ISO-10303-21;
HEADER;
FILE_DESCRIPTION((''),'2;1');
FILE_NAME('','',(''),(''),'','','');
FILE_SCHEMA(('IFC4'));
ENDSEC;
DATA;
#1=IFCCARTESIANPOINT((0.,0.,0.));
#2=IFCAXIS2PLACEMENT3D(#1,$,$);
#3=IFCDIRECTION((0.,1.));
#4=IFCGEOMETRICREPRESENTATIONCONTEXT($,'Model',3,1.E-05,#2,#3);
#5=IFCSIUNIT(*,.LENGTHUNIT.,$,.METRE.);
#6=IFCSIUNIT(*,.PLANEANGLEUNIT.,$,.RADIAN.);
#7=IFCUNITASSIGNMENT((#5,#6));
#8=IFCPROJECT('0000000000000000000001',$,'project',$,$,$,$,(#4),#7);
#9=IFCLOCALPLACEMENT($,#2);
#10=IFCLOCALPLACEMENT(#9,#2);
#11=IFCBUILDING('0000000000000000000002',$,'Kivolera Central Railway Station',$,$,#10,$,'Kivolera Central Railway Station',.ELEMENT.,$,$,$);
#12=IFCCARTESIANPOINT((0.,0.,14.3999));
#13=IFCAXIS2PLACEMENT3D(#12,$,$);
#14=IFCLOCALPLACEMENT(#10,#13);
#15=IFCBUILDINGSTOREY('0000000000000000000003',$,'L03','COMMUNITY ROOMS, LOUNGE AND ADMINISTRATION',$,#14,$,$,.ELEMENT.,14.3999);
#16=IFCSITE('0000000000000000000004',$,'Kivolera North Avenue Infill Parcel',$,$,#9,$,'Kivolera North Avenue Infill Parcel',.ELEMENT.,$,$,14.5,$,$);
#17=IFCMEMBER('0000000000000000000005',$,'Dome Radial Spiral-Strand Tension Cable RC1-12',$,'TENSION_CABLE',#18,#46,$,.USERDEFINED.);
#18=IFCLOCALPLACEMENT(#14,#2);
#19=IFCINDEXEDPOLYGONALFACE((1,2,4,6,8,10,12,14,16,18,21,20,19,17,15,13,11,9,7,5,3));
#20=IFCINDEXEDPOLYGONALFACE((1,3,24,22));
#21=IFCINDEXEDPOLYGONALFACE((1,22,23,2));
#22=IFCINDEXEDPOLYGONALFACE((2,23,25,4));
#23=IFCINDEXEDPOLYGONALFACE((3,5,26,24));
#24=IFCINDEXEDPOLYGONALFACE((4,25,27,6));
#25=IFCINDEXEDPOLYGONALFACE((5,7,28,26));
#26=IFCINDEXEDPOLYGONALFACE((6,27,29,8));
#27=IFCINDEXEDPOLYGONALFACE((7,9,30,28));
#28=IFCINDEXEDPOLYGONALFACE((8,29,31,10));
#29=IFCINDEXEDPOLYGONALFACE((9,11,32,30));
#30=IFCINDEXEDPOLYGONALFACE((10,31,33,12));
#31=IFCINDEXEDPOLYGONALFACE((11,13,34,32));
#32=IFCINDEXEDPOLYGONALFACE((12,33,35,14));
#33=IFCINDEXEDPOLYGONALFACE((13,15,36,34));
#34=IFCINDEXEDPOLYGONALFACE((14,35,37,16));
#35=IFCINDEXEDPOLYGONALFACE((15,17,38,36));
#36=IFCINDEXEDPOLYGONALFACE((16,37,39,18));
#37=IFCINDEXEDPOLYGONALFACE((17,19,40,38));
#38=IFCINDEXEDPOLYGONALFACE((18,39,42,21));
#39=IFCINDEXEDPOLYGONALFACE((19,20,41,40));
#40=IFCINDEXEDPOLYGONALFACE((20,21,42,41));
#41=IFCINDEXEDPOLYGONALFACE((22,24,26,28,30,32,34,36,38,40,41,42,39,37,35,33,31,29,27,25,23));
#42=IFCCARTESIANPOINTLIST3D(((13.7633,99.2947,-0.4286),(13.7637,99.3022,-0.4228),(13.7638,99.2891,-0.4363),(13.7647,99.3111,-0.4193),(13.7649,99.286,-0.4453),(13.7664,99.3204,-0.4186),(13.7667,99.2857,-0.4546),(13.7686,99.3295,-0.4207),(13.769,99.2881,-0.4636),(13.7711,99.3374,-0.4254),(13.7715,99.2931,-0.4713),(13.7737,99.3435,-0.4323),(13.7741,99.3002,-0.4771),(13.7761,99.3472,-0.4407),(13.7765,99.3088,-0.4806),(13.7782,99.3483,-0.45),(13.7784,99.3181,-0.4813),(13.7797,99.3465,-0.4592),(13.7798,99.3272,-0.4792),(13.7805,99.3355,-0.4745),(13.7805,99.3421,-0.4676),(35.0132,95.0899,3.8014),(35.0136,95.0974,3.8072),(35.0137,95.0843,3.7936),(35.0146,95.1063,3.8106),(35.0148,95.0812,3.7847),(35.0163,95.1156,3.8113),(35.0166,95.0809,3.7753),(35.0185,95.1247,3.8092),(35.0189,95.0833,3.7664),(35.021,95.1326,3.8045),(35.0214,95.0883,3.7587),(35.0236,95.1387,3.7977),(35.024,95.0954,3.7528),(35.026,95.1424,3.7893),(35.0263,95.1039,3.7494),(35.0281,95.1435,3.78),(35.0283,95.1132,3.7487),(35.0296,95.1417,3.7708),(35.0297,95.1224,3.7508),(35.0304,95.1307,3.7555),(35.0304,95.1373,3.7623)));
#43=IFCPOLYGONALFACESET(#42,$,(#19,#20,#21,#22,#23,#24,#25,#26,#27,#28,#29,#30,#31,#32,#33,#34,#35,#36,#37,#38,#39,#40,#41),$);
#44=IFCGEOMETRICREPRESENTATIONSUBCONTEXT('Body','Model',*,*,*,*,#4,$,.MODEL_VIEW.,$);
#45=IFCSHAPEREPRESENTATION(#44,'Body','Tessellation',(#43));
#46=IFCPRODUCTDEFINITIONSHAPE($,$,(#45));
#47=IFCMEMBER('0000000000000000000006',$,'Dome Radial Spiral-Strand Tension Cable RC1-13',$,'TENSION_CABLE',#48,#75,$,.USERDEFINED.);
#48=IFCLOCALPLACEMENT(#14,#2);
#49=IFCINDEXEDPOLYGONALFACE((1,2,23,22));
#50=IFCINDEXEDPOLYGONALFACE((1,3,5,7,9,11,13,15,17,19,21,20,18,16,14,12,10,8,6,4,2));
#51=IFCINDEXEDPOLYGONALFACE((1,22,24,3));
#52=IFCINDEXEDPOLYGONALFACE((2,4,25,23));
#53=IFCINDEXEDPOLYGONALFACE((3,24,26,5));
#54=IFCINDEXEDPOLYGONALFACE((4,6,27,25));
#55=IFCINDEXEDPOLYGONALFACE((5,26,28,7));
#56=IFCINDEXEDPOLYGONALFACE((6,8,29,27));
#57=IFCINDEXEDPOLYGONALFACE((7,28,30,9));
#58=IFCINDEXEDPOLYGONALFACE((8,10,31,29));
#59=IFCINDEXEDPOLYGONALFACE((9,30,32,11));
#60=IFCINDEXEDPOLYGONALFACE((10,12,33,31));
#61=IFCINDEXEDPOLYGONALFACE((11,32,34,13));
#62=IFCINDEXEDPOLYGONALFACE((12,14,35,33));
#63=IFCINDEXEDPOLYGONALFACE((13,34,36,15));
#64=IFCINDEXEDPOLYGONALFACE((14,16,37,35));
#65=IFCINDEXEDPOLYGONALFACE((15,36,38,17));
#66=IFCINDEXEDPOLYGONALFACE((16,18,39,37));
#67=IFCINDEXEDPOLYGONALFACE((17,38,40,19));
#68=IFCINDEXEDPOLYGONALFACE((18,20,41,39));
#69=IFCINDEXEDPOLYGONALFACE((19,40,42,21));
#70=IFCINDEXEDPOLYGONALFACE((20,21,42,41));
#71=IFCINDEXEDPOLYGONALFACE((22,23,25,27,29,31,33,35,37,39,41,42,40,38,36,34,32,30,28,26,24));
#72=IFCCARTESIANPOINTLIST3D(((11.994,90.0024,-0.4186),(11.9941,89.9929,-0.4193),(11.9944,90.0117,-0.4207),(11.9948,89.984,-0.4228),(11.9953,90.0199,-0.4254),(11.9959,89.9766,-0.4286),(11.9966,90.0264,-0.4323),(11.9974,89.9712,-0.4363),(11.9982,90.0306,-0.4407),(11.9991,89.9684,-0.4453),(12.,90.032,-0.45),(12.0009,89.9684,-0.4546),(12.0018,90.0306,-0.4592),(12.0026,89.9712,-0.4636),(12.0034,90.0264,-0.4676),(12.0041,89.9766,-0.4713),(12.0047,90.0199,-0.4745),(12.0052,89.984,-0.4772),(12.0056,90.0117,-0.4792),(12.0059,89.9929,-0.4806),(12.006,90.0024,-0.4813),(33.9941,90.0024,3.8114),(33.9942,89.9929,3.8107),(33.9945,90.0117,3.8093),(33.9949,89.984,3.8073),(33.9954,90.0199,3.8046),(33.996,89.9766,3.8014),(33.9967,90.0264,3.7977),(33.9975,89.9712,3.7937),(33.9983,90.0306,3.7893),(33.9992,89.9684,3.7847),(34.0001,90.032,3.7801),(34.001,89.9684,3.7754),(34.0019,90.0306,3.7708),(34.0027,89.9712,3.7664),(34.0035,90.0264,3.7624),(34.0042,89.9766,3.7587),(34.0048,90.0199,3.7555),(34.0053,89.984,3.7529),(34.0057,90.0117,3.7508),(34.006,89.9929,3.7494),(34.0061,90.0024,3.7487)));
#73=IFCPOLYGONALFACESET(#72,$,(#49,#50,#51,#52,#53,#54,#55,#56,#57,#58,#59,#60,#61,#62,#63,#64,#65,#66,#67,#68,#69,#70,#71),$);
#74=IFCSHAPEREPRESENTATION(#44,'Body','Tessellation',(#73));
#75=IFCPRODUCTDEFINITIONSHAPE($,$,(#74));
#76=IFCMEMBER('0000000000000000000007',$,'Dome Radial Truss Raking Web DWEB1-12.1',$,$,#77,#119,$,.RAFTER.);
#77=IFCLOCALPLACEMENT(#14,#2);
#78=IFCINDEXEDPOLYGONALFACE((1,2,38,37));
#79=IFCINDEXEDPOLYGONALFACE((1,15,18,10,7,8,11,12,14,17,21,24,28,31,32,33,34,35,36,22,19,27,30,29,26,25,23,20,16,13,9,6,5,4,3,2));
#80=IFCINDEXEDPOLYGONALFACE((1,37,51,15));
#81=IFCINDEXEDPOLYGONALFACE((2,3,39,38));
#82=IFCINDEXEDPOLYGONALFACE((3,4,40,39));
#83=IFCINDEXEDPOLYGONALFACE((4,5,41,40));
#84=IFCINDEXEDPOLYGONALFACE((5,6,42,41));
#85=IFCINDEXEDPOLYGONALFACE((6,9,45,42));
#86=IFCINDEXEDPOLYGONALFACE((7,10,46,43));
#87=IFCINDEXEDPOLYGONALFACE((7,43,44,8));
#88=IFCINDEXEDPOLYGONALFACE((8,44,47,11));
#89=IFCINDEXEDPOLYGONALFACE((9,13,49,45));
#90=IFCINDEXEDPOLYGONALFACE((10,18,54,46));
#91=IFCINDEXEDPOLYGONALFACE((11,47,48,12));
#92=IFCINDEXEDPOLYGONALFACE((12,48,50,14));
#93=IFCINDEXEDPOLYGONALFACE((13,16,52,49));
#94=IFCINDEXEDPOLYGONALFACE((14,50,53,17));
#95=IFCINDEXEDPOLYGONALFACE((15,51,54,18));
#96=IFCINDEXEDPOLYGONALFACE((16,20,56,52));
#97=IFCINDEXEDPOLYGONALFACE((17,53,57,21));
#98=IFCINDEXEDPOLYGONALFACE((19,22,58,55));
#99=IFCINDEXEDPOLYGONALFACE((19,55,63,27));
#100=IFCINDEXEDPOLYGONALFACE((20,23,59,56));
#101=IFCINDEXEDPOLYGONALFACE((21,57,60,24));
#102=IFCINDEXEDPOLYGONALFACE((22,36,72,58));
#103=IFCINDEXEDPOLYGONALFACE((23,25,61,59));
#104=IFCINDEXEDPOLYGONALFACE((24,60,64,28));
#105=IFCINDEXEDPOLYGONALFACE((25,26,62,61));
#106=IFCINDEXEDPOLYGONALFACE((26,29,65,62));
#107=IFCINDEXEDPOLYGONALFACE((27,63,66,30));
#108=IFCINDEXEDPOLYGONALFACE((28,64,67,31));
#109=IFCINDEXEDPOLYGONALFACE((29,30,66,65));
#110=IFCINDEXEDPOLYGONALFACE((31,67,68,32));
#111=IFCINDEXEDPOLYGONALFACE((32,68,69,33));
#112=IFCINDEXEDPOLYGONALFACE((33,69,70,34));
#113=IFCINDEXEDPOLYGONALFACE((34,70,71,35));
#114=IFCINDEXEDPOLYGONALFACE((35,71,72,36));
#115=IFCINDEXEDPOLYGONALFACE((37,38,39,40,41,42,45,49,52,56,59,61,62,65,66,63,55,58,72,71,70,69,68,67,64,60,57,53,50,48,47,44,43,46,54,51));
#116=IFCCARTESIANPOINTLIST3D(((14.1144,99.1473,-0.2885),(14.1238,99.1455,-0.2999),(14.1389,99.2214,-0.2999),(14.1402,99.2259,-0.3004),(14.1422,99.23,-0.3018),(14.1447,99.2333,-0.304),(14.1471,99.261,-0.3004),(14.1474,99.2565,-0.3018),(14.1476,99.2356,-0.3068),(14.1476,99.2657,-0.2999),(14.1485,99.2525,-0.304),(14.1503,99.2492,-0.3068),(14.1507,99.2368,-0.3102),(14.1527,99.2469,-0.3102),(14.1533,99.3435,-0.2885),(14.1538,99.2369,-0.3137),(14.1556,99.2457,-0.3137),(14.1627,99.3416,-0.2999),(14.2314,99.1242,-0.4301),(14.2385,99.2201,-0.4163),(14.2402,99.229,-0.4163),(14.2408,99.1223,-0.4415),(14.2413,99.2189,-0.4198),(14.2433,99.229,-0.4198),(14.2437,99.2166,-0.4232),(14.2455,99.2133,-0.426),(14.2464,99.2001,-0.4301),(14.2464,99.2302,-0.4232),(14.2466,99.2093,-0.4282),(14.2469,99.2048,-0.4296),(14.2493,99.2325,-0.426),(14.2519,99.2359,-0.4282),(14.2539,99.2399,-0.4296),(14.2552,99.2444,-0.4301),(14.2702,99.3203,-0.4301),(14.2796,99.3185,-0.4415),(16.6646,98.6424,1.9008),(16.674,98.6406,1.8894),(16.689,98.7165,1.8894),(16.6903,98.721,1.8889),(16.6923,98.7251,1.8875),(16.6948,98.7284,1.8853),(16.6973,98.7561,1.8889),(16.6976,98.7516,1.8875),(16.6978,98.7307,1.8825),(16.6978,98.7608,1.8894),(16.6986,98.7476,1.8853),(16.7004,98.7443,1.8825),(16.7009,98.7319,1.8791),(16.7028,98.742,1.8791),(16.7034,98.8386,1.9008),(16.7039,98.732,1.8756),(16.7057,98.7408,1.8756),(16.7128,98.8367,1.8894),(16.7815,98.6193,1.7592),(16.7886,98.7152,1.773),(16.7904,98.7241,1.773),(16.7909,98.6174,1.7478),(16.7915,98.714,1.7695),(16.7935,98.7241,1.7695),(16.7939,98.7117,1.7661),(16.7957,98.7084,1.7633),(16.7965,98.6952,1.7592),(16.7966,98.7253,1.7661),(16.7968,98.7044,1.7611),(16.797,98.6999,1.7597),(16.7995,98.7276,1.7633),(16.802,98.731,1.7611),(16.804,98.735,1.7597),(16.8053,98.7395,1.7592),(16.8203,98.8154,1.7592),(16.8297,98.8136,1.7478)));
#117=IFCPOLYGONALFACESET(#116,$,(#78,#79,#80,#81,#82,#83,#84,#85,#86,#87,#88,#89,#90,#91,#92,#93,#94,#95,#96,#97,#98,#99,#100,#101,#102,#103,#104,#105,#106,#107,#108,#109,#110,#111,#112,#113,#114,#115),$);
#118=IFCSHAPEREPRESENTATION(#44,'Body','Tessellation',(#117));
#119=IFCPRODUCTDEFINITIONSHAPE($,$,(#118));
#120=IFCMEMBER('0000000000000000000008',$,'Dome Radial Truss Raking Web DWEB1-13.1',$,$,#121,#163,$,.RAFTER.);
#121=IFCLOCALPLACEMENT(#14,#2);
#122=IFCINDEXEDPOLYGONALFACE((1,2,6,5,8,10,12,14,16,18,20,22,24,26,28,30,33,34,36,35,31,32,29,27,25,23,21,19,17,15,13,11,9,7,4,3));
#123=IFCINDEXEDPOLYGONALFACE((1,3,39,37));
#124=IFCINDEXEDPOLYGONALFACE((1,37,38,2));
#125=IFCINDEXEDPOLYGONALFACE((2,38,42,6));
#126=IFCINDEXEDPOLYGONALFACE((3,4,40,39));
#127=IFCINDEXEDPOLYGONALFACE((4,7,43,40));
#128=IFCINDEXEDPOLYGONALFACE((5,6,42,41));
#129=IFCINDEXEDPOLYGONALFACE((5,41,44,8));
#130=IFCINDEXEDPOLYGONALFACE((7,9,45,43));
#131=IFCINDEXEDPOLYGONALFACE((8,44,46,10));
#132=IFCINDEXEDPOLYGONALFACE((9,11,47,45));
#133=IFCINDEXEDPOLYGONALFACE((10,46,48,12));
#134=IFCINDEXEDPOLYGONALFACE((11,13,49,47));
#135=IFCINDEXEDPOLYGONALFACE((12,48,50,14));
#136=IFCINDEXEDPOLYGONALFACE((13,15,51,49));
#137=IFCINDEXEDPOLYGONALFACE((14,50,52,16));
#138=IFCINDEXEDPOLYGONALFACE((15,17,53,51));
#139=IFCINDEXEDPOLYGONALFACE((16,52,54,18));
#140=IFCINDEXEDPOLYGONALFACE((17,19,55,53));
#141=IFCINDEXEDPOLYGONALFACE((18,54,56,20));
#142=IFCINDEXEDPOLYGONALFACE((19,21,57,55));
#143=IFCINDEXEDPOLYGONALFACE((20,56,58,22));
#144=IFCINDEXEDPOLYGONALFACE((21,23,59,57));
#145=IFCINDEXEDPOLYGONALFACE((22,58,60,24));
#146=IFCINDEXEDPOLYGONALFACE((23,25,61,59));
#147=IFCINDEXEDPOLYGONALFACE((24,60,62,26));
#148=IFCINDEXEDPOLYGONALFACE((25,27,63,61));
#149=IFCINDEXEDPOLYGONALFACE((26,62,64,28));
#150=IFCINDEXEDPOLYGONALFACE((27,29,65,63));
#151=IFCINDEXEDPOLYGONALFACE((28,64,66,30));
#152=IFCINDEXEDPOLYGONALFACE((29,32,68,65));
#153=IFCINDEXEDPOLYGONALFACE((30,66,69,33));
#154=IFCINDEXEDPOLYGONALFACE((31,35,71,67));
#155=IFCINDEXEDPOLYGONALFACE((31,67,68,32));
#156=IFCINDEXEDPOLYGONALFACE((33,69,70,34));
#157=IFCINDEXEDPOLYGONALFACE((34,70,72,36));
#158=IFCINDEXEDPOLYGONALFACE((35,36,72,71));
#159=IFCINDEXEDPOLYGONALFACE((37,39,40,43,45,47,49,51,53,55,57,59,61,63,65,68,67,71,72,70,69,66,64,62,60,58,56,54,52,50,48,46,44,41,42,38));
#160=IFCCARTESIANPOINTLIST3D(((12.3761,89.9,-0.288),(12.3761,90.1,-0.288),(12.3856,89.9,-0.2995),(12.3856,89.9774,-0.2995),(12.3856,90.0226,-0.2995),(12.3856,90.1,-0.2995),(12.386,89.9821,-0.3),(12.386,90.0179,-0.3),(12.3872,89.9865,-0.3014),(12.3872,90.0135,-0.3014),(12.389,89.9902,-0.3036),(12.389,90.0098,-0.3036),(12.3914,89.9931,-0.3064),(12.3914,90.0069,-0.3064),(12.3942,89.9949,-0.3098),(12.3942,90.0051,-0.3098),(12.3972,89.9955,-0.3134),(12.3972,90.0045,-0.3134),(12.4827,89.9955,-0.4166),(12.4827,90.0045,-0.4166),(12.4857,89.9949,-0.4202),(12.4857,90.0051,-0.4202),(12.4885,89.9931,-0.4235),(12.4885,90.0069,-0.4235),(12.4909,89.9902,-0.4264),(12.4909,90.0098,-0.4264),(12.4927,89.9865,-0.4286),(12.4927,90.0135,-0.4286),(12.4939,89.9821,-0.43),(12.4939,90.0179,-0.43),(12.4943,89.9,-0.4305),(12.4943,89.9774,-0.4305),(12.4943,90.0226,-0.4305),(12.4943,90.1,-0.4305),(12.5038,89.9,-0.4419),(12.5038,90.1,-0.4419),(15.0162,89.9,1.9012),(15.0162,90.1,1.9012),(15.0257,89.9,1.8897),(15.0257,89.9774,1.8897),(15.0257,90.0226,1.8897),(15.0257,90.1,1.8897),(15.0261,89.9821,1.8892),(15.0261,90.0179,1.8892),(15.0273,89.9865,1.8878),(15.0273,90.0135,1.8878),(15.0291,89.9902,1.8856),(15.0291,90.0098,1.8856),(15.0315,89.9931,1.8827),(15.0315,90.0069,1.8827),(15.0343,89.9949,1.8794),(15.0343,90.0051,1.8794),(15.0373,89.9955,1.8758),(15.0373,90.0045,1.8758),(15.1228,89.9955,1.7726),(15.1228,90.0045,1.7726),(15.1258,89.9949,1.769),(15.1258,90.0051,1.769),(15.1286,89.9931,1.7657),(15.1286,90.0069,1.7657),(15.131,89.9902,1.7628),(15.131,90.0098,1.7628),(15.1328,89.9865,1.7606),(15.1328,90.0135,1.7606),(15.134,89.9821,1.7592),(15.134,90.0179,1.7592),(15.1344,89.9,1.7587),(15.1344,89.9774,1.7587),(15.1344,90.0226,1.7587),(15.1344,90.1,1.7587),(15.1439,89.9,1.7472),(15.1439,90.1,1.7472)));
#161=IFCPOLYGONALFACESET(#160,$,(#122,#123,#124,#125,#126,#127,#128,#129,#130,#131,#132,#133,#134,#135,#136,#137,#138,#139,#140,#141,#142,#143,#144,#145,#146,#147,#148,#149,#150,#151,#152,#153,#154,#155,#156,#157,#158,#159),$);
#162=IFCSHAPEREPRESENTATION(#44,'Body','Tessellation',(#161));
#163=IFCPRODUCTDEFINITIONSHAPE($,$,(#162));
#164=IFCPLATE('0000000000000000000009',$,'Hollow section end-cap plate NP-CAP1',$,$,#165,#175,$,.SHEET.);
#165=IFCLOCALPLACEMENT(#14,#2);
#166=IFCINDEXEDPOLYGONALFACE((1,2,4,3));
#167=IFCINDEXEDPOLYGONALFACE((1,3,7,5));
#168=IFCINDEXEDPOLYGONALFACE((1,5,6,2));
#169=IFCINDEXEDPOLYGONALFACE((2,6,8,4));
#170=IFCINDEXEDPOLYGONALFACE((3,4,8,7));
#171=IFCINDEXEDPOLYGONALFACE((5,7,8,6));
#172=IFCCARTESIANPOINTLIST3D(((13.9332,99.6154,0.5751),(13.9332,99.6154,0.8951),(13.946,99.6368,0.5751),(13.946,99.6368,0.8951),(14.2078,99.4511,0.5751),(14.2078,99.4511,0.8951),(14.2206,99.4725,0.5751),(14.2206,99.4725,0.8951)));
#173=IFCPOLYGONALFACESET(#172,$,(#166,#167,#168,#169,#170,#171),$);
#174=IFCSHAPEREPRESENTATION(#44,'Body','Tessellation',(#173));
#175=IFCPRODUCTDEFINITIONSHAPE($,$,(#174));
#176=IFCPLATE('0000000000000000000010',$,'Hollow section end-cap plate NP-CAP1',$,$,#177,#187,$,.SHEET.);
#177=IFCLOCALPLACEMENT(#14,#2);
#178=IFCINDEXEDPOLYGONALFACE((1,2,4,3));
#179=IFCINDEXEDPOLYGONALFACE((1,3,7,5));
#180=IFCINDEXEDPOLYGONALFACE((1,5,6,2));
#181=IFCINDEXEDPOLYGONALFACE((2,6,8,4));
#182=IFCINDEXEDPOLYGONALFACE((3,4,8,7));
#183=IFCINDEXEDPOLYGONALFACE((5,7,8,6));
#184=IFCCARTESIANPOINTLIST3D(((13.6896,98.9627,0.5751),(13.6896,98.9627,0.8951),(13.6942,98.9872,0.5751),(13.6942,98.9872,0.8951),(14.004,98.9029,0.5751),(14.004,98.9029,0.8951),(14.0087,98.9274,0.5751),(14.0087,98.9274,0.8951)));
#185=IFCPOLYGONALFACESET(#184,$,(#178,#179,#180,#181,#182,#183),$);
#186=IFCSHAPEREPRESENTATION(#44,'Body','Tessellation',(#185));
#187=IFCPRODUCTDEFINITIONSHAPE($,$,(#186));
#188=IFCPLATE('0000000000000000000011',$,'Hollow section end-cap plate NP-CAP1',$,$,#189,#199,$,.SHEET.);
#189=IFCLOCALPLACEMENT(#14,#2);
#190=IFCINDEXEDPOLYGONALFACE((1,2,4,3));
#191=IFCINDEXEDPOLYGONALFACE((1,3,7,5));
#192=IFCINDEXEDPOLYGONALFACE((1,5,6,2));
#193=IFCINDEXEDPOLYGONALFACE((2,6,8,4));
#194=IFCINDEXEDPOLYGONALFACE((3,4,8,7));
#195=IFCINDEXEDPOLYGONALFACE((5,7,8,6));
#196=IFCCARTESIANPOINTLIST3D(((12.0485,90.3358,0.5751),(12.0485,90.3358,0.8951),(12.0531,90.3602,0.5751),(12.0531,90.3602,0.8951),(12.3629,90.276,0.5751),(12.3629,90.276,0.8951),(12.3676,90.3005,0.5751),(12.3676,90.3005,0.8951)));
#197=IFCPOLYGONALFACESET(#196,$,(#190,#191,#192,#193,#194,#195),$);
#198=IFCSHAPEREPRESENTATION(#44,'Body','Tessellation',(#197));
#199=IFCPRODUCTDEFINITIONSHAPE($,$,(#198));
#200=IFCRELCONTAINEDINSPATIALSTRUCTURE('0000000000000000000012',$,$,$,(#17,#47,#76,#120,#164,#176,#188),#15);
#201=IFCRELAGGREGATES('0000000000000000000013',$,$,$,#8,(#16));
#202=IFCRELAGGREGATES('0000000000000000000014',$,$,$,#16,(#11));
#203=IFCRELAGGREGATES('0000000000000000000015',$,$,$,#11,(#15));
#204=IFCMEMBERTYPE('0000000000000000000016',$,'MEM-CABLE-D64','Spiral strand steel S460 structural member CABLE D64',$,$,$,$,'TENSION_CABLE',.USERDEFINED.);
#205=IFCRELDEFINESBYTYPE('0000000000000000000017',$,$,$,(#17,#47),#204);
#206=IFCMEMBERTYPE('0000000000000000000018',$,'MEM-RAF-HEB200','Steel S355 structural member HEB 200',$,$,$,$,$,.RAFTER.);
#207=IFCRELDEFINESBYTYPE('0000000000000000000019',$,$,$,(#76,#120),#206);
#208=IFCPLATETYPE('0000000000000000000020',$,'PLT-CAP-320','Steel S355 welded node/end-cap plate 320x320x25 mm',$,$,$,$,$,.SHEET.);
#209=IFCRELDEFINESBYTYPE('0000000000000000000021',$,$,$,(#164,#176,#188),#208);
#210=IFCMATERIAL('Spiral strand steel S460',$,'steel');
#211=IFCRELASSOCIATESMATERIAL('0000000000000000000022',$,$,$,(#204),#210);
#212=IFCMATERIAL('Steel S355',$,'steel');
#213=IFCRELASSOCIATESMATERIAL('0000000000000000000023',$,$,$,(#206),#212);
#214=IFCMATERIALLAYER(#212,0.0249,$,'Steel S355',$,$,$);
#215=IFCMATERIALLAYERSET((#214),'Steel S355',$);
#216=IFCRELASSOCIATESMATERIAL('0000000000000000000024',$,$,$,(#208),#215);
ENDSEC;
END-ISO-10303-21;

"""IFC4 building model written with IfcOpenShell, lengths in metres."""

from ifc_helpers import new_model, si_unit, direction, frame, origin, origin_2d, place, context, subcontext, project, spatial, rectangle, circle, i_section, extrude, material, layer, layer_set, material_profile, profile_set, type_object, element, save


model = new_model("IFC4")

# Units and contexts
model_context = context("Model", 3, precision=1e-05, world=origin(), true_north=direction((0.0, 1.0)))
body_context = subcontext(model_context, "Body", "Model", "MODEL_VIEW")
ifc_project = project(units=[si_unit("LENGTHUNIT", "METRE"), si_unit("PLANEANGLEUNIT", "RADIAN")], contexts=[model_context])

# Site, building, storey
site_placement = place(None, origin())
site = spatial("IfcSite", under=ifc_project, at=site_placement, Name="Kivolera North Avenue Infill Parcel", LongName="Kivolera North Avenue Infill Parcel", CompositionType="ELEMENT", RefElevation=14.5)
building_placement = place(site_placement, origin())
building = spatial("IfcBuilding", under=site, at=building_placement, Name="Kivolera Central Railway Station", LongName="Kivolera Central Railway Station", CompositionType="ELEMENT")
storey_placement = place(building_placement, frame((0.0, 0.0, 14.3999)))
storey = spatial("IfcBuildingStorey", under=building, at=storey_placement, Name="L03", Description="COMMUNITY ROOMS, LOUNGE AND ADMINISTRATION", CompositionType="ELEMENT", Elevation=14.3999)

# Shared definitions
ifc_material_1 = material(Name="Steel S355", Category="steel")

# Members
ifc_material_2 = material(Name="Spiral strand steel S460", Category="steel")
ifc_material_profile_1 = material_profile(ifc_material_2, circle(Radius=0.032, at=origin_2d()), Name="CABLE D64")
ifc_profile_set_1 = profile_set([ifc_material_profile_1], Name="Spiral strand steel S460")
member_type_1 = type_object("IfcMemberType", Name="MEM-CABLE-D64", Description="Spiral strand steel S460 structural member CABLE D64", ElementType="TENSION_CABLE", PredefinedType="USERDEFINED", material=ifc_profile_set_1)
member_1_placement = place(storey_placement, frame((13.772, 99.3169, -0.45), z_axis=(0.962795, -0.190513, 0.191652), x_axis=(0.194111, 0.98098, 0.0)))
element("IfcMember", 1, at=member_1_placement, inside=storey, type_object=member_type_1, Name="Dome Radial Spiral-Strand Tension Cable RC1-12", ObjectType="TENSION_CABLE", PredefinedType="USERDEFINED", context=body_context, shape_type="SweptSolid", body=[
    extrude(circle(Radius=0.032, at=origin_2d()), origin(), (0.0, 0.0, 1.0), 22.071),
])
member_2_placement = place(storey_placement, frame((12.0, 90.0, -0.45), z_axis=(0.982013, 0.0, 0.188813), x_axis=(0.0, 1.0, 0.0)))
element("IfcMember", 2, at=member_2_placement, inside=storey, type_object=member_type_1, Name="Dome Radial Spiral-Strand Tension Cable RC1-13", ObjectType="TENSION_CABLE", PredefinedType="USERDEFINED", context=body_context, shape_type="SweptSolid", body=[
    extrude(circle(Radius=0.032, at=origin_2d()), origin(), (0.0, 0.0, 1.0), 22.4031),
])
ifc_material_profile_2 = material_profile(ifc_material_1, i_section(OverallWidth=0.2, OverallDepth=0.2, WebThickness=0.009, FlangeThickness=0.0149, FilletRadius=0.0181, at=origin_2d()), Name="HEB 200")
ifc_profile_set_2 = profile_set([ifc_material_profile_2], Name="Steel S355")
member_type_2 = type_object("IfcMemberType", Name="MEM-RAF-HEB200", Description="Steel S355 structural member HEB 200", PredefinedType="RAFTER", material=ifc_profile_set_2)
member_3_placement = place(storey_placement, frame((14.197, 99.2329, -0.365), z_axis=(0.750329, -0.148557, 0.644156), x_axis=(0.194219, 0.980958, 0.0)))
element("IfcMember", 3, at=member_3_placement, inside=storey, type_object=member_type_2, Name="Dome Radial Truss Raking Web DWEB1-12.1", PredefinedType="RAFTER", context=body_context, shape_type="SweptSolid", body=[
    extrude(i_section(OverallWidth=0.2, OverallDepth=0.2, WebThickness=0.009, FlangeThickness=0.0149, FilletRadius=0.0181, at=origin_2d()), origin(), (0.0, 0.0, 1.0), 3.3987),
])
member_4_placement = place(storey_placement, frame((12.4399, 90.0, -0.365), z_axis=(0.769783, 0.0, 0.638306), x_axis=(0.0, 1.0, 0.0)))
element("IfcMember", 4, at=member_4_placement, inside=storey, type_object=member_type_2, Name="Dome Radial Truss Raking Web DWEB1-13.1", PredefinedType="RAFTER", context=body_context, shape_type="SweptSolid", body=[
    extrude(i_section(OverallWidth=0.2, OverallDepth=0.2, WebThickness=0.009, FlangeThickness=0.0149, FilletRadius=0.0181, at=origin_2d()), origin(), (0.0, 0.0, 1.0), 3.4297),
])

# Plates
ifc_layer_1 = layer(ifc_material_1, 0.0249, Name="Steel S355")
ifc_layer_set_1 = layer_set([ifc_layer_1], Name="Steel S355")
plate_type_1 = type_object("IfcPlateType", Name="PLT-CAP-320", Description="Steel S355 welded node/end-cap plate 320x320x25 mm", PredefinedType="SHEET", material=ifc_layer_set_1)
for number, where, z_axis, x_axis, name in (
    (5, (14.0769, 99.5439, 0.7351), (-0.51337, -0.858167, 0.0), (0.858167, -0.51337, 0.0), "Hollow section end-cap plate NP-CAP1"),
    (6, (13.8491, 98.9451, 0.7351), (-0.186814, -0.982395, 0.0), (0.982395, -0.186814, 0.0), "Hollow section end-cap plate NP-CAP1"),
    (7, (12.208, 90.3181, 0.7351), (-0.186814, -0.982395, 0.0), (0.982395, -0.186814, 0.0), "Hollow section end-cap plate NP-CAP1"),
):
    element("IfcPlate", number, at=place(storey_placement, frame(where, z_axis=z_axis, x_axis=x_axis)), inside=storey, type_object=plate_type_1, Name=name, PredefinedType="SHEET", context=body_context, shape_type="SweptSolid", body=[
        extrude(rectangle(XDim=0.3201, YDim=0.3201, at=origin_2d()), frame((0.0, 0.0, -0.0125)), (0.0, 0.0, 1.0), 0.0249),
    ])

save(model, "model.ifc")
